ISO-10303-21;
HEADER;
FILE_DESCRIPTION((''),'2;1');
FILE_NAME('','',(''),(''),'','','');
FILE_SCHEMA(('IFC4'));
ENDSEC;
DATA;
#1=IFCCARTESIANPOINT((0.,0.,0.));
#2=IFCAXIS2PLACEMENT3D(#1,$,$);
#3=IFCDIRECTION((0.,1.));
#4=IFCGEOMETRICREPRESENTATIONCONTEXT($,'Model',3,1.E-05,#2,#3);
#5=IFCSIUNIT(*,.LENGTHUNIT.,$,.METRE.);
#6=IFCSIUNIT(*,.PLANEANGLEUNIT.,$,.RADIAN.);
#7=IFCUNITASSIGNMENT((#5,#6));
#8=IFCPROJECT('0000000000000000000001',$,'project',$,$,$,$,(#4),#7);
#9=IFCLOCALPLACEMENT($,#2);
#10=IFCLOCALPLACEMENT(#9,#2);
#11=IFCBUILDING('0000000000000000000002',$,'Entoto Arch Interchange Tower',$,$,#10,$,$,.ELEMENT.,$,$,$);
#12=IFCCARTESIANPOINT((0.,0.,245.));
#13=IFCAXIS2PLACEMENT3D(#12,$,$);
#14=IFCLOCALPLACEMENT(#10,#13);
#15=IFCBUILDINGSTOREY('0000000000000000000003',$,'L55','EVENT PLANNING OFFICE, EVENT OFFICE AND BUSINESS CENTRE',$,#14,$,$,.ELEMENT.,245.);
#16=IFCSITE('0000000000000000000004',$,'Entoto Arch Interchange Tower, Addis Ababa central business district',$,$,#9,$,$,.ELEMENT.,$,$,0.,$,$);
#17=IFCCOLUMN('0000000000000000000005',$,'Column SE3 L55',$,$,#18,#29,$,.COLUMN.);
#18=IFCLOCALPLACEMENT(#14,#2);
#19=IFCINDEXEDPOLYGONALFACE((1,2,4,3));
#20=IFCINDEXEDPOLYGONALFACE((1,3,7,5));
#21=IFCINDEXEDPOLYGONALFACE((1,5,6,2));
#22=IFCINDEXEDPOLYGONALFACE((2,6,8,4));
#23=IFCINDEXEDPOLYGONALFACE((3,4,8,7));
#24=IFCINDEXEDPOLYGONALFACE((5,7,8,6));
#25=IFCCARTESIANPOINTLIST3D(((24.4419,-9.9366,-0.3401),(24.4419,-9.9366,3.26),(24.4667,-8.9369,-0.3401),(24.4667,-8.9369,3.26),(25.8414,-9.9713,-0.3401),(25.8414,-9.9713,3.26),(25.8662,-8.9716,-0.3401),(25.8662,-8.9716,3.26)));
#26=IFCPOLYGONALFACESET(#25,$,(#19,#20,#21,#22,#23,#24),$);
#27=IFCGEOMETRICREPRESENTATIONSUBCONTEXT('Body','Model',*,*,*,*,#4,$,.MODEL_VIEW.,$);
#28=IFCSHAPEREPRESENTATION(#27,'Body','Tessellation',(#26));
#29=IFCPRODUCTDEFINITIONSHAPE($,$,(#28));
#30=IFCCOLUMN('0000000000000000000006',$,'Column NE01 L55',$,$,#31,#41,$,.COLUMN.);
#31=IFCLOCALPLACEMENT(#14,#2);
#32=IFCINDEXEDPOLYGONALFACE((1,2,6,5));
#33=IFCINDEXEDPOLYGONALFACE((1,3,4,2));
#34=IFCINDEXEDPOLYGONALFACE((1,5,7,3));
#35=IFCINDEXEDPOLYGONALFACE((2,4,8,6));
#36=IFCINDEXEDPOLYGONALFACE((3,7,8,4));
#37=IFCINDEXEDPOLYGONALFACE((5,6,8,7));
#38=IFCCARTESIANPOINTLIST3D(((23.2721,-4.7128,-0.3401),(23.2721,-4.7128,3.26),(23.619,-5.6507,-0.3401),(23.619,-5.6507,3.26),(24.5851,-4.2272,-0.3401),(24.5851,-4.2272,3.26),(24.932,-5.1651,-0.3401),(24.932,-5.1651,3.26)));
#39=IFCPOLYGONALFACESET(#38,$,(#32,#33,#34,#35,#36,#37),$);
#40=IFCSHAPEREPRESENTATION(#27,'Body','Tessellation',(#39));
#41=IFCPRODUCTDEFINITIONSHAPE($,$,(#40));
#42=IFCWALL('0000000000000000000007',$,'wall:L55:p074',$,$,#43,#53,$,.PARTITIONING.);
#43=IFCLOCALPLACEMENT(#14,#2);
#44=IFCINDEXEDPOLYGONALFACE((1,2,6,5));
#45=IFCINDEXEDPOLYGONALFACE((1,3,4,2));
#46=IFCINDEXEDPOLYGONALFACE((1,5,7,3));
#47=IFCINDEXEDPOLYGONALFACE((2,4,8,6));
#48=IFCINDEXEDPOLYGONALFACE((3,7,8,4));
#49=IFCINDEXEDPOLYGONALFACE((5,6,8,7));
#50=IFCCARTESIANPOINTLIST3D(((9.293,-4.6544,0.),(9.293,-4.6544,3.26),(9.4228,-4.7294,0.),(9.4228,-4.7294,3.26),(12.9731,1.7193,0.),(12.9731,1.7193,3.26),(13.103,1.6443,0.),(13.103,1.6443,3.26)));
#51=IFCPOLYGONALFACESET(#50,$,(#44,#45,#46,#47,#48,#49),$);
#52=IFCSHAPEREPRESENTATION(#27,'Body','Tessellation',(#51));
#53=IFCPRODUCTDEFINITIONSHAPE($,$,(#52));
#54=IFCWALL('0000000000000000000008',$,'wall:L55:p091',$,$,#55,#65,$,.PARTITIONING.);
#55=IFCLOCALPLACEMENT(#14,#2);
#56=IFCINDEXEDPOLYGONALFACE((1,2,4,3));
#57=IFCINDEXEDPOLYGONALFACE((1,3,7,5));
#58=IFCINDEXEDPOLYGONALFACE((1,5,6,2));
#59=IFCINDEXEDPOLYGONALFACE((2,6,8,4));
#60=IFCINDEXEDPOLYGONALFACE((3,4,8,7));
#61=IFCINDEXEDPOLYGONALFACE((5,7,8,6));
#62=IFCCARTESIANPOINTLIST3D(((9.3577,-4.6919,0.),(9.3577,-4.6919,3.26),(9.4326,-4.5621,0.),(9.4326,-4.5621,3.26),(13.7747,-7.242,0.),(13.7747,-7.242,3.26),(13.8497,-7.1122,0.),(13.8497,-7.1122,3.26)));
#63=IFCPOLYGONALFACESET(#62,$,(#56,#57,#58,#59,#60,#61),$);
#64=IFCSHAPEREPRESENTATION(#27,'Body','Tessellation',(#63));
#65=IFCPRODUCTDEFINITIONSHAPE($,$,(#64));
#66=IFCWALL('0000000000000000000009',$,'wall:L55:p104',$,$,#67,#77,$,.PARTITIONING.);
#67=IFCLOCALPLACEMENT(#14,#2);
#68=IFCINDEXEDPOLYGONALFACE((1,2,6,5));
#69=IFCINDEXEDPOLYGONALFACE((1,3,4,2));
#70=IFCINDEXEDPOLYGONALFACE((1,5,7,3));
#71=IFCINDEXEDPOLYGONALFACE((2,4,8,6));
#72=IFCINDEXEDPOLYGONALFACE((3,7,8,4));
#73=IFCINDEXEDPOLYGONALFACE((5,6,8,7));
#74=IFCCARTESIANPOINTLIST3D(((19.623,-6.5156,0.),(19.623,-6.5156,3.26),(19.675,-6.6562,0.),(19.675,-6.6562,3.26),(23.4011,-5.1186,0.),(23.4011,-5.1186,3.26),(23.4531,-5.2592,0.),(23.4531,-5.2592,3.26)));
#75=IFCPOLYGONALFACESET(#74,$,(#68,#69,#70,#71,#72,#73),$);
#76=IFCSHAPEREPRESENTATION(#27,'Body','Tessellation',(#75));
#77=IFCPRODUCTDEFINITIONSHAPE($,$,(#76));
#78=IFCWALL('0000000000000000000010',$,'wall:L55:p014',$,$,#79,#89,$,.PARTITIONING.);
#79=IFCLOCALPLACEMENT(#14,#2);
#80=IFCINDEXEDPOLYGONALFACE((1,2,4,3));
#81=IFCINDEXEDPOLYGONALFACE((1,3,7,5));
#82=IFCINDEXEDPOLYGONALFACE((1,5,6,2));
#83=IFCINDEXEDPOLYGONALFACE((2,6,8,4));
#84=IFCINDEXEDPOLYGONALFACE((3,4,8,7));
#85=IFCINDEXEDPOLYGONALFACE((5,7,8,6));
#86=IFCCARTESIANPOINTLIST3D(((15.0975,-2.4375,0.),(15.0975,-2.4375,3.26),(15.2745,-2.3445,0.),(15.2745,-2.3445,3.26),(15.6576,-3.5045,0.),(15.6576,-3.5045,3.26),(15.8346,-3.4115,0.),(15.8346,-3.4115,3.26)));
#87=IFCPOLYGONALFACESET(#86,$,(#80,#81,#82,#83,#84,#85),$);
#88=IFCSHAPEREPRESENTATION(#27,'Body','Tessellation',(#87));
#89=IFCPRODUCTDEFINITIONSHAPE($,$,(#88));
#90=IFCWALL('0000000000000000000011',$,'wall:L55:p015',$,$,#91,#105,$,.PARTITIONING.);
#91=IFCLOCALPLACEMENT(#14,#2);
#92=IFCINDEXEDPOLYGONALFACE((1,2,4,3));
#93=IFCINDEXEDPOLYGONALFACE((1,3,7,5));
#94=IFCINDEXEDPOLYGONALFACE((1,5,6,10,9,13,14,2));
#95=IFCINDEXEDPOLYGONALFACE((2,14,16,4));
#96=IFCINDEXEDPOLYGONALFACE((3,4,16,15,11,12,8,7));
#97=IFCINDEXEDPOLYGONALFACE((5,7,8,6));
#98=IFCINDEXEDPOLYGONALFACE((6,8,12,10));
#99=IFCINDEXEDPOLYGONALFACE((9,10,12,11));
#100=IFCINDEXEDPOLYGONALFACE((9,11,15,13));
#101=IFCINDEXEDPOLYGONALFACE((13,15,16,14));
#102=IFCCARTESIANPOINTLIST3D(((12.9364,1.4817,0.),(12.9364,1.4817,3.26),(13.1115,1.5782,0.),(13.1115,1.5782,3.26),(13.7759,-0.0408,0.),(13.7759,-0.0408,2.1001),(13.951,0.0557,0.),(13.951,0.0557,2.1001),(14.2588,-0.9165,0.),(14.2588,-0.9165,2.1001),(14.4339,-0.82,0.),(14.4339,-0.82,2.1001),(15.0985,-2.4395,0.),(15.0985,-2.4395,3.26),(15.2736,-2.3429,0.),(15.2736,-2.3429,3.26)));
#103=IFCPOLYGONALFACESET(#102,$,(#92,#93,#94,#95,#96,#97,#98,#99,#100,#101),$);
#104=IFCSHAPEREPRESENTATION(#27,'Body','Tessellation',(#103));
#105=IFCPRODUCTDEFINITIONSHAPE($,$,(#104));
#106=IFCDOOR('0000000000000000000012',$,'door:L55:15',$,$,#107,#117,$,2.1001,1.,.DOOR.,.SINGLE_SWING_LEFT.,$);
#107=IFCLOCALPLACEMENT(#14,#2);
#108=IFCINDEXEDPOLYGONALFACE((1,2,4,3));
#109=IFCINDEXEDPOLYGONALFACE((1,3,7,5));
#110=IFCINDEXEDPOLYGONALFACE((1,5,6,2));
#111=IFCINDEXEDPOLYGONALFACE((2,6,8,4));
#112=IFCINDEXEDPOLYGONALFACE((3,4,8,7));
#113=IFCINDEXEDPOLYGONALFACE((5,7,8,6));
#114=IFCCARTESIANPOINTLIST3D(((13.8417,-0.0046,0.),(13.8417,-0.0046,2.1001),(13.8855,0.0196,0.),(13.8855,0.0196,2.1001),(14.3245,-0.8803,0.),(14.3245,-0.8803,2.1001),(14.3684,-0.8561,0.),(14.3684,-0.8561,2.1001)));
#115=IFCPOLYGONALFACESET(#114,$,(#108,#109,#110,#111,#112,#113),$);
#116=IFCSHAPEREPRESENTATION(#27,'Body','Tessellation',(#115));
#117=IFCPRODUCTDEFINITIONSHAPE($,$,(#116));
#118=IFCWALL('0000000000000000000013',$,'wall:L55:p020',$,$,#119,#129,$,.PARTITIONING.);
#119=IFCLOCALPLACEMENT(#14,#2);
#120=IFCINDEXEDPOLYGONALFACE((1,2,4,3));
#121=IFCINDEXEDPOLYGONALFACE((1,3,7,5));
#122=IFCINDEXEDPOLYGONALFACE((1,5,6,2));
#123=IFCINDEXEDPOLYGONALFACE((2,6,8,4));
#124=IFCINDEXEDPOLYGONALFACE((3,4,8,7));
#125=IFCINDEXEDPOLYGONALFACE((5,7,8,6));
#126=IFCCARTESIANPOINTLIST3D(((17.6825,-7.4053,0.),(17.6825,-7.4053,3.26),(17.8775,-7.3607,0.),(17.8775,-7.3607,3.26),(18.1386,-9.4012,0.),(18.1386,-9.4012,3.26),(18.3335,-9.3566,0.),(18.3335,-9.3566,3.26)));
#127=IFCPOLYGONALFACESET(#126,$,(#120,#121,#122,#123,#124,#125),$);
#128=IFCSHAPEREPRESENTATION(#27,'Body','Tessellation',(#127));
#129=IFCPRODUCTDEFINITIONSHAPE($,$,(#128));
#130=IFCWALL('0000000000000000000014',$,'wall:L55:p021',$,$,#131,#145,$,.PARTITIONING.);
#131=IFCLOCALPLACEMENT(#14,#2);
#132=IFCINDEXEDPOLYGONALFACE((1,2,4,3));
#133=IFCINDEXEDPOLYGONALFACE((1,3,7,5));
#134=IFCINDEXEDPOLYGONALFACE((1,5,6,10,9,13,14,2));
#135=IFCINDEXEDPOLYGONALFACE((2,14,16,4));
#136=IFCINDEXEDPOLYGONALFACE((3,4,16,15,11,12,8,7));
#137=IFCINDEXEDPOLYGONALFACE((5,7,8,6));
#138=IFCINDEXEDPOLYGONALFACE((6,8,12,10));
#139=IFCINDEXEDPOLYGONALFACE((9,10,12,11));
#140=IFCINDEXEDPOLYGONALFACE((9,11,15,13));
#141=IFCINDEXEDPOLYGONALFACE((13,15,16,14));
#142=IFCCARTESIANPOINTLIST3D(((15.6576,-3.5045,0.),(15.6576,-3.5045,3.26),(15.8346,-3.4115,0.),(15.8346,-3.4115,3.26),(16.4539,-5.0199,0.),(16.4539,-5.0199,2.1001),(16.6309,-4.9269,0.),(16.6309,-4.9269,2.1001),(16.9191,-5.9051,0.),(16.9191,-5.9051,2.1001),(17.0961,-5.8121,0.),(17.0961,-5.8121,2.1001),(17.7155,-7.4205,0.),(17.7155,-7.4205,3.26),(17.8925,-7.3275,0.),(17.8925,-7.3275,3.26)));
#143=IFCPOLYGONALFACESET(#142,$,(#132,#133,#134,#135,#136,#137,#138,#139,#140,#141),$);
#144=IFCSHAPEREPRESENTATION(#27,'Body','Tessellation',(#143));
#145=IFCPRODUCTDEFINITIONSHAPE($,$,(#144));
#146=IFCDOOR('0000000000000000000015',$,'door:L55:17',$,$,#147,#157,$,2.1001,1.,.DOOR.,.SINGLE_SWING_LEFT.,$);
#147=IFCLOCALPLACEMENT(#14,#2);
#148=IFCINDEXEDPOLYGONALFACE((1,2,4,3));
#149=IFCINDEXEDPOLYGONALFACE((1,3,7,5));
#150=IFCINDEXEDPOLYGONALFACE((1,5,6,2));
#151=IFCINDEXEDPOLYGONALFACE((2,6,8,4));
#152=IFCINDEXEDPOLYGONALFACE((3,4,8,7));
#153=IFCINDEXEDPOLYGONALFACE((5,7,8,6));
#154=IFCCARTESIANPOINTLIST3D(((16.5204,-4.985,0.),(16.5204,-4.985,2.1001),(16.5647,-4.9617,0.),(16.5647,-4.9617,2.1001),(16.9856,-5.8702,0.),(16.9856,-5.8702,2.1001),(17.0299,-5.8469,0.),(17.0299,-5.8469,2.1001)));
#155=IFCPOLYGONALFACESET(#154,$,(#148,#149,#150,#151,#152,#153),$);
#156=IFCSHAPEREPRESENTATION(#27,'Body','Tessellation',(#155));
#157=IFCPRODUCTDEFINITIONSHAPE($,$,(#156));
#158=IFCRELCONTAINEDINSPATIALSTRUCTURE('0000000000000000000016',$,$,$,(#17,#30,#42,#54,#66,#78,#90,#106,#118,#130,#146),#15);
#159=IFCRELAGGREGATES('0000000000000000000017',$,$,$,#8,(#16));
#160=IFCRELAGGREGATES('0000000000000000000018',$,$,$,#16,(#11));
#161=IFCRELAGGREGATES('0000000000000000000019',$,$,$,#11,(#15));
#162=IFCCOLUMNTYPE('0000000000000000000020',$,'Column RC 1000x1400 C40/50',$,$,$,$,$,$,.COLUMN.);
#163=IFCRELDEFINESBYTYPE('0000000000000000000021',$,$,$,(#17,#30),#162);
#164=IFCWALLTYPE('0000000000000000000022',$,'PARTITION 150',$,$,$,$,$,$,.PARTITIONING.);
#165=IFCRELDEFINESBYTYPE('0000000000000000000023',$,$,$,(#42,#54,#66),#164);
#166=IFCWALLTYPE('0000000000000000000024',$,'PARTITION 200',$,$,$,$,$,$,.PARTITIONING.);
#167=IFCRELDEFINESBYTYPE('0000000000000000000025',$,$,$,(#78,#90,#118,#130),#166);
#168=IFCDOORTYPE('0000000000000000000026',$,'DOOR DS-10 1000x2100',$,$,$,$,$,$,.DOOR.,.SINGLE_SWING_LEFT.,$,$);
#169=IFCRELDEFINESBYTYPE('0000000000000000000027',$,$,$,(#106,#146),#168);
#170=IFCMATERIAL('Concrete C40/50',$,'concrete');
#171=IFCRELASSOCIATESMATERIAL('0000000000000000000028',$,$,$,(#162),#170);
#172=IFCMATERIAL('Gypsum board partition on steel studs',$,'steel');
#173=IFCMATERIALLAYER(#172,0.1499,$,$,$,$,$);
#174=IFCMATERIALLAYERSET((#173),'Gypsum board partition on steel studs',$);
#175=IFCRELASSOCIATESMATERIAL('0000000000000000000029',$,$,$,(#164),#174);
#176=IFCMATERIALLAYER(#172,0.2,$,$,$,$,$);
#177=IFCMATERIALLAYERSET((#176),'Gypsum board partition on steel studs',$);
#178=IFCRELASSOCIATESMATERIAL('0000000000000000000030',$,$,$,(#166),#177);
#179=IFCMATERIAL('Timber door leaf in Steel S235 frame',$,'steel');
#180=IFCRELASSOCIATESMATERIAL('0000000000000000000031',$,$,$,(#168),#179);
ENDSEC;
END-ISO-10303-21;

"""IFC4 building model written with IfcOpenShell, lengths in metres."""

from ifc_helpers import new_model, si_unit, direction, frame, frame_2d, origin, origin_2d, place, context, subcontext, project, spatial, rectangle, extrude, material, layer, layer_set, material_profile, profile_set, type_object, element, fill, save


model = new_model("IFC4")

# Units and contexts
model_context = context("Model", 3, precision=1e-05, world=origin(), true_north=direction((0.0, 1.0)))
body_context = subcontext(model_context, "Body", "Model", "MODEL_VIEW")
ifc_project = project(units=[si_unit("LENGTHUNIT", "METRE"), si_unit("PLANEANGLEUNIT", "RADIAN")], contexts=[model_context])

# Site, building, storey
site_placement = place(None, origin())
site = spatial("IfcSite", under=ifc_project, at=site_placement, Name="Entoto Arch Interchange Tower, Addis Ababa central business district", CompositionType="ELEMENT", RefElevation=0.0)
building_placement = place(site_placement, origin())
building = spatial("IfcBuilding", under=site, at=building_placement, Name="Entoto Arch Interchange Tower", CompositionType="ELEMENT")
storey_placement = place(building_placement, frame((0.0, 0.0, 245.0)))
storey = spatial("IfcBuildingStorey", under=building, at=storey_placement, Name="L55", Description="EVENT PLANNING OFFICE, EVENT OFFICE AND BUSINESS CENTRE", CompositionType="ELEMENT", Elevation=245.0)

# Columns
ifc_material_1 = material(Name="Concrete C40/50", Category="concrete")
ifc_material_profile = material_profile(ifc_material_1, rectangle(XDim=1.0, YDim=1.3999, at=origin_2d()))
ifc_profile_set = profile_set([ifc_material_profile], Name="Concrete C40/50")
column_type = type_object("IfcColumnType", Name="Column RC 1000x1400 C40/50", PredefinedType="COLUMN", material=ifc_profile_set)
for number, where, z_axis, x_axis, name in (
    (1, (25.1541, -9.4541, -0.3401), (0.0, 0.0, 1.0), (0.024833, 0.999692, 0.0), "Column SE3 L55"),
    (2, (24.1021, -4.939, -0.3401), (0.0, 0.0, 1.0), (-0.346854, 0.937919, 0.0), "Column NE01 L55"),
):
    element("IfcColumn", number, at=place(storey_placement, frame(where, z_axis=z_axis, x_axis=x_axis)), inside=storey, type_object=column_type, Name=name, PredefinedType="COLUMN", context=body_context, shape_type="SweptSolid", body=[
        extrude(rectangle(XDim=1.0, YDim=1.3999, at=origin_2d()), origin(), (0.0, 0.0, 1.0), 3.6001),
    ])

# Walls
ifc_material_2 = material(Name="Gypsum board partition on steel studs", Category="steel")
ifc_layer_1 = layer(ifc_material_2, 0.1499)
ifc_layer_set_1 = layer_set([ifc_layer_1], Name="Gypsum board partition on steel studs")
wall_type_1 = type_object("IfcWallType", Name="PARTITION 150", PredefinedType="PARTITIONING", material=ifc_layer_set_1)
wall_1_placement = place(storey_placement, frame((9.3579, -4.6919, 0.0), z_axis=(0.0, 0.0, 1.0), x_axis=(0.500028, 0.866009, 0.0)))
element("IfcWall", 3, at=wall_1_placement, inside=storey, type_object=wall_type_1, Name="wall:L55:p074", PredefinedType="PARTITIONING", context=body_context, shape_type="SweptSolid", body=[
    extrude(rectangle(XDim=7.3599, YDim=0.1499, at=frame_2d((3.6799, 0.0))), origin(), (0.0, 0.0, 1.0), 3.26),
])
wall_2_placement = place(storey_placement, frame((9.395, -4.627, 0.0), z_axis=(0.0, 0.0, 1.0), x_axis=(0.866034, -0.499985, 0.0)))
element("IfcWall", 4, at=wall_2_placement, inside=storey, type_object=wall_type_1, Name="wall:L55:p091", PredefinedType="PARTITIONING", context=body_context, shape_type="SweptSolid", body=[
    extrude(rectangle(XDim=5.1003, YDim=0.1499, at=frame_2d((2.5503, 0.0))), origin(), (0.0, 0.0, 1.0), 3.26),
])
wall_3_placement = place(storey_placement, frame((19.6489, -6.5859, 0.0), z_axis=(0.0, 0.0, 1.0), x_axis=(0.937936, 0.346809, 0.0)))
element("IfcWall", 5, at=wall_3_placement, inside=storey, type_object=wall_type_1, Name="wall:L55:p104", PredefinedType="PARTITIONING", context=body_context, shape_type="SweptSolid", body=[
    extrude(rectangle(XDim=4.0281, YDim=0.1499, at=frame_2d((2.0142, 0.0))), origin(), (0.0, 0.0, 1.0), 3.26),
])
ifc_layer_2 = layer(ifc_material_2, 0.2)
ifc_layer_set_2 = layer_set([ifc_layer_2], Name="Gypsum board partition on steel studs")
wall_type_2 = type_object("IfcWallType", Name="PARTITION 200", PredefinedType="PARTITIONING", material=ifc_layer_set_2)
wall_4_placement = place(storey_placement, frame((15.7461, -3.458, 0.0), z_axis=(0.0, 0.0, 1.0), x_axis=(-0.464794, 0.885419, 0.0)))
element("IfcWall", 6, at=wall_4_placement, inside=storey, type_object=wall_type_2, Name="wall:L55:p014", PredefinedType="PARTITIONING", context=body_context, shape_type="SweptSolid", body=[
    extrude(rectangle(XDim=1.2051, YDim=0.2, at=frame_2d((0.6025, 0.0))), origin(), (0.0, 0.0, 1.0), 3.26),
])

# Wall, opening, door
wall_5_placement = place(storey_placement, frame((15.186, -2.3911, 0.0), z_axis=(0.0, 0.0, 1.0), x_axis=(-0.482858, 0.875699, 0.0)))
wall_5 = element("IfcWall", 7, at=wall_5_placement, inside=storey, type_object=wall_type_2, Name="wall:L55:p015", PredefinedType="PARTITIONING", context=body_context, shape_type="SweptSolid", body=[
    extrude(rectangle(XDim=4.4778, YDim=0.2, at=frame_2d((2.2388, 0.0))), origin(), (0.0, 0.0, 1.0), 3.26),
])
opening_1_placement = place(wall_5_placement, frame((1.739, 0.0, 0.0)))
opening_1 = element("IfcOpeningElement", 8, at=opening_1_placement, cuts=wall_5, PredefinedType="OPENING", context=body_context, shape_type="SweptSolid", body=[
    extrude(rectangle(XDim=1.0, YDim=2.1001, at=frame_2d((0.5, 1.05))), frame((0.0, 0.1099, 0.0), z_axis=(0.0, -1.0, 0.0), x_axis=(1.0, 0.0, 0.0)), (0.0, 0.0, 1.0), 0.22),
])
ifc_material_3 = material(Name="Timber door leaf in Steel S235 frame", Category="steel")
door_type = type_object("IfcDoorType", Name="DOOR DS-10 1000x2100", OperationType="SINGLE_SWING_LEFT", PredefinedType="DOOR", material=ifc_material_3)
door_1_placement = place(opening_1_placement, origin())
door_1 = element("IfcDoor", 9, at=door_1_placement, inside=storey, type_object=door_type, Name="door:L55:15", OperationType="SINGLE_SWING_LEFT", OverallHeight=2.1001, OverallWidth=1.0, PredefinedType="DOOR", context=body_context, shape_type="SweptSolid", body=[
    extrude(rectangle(XDim=1.0, YDim=2.1001, at=frame_2d((0.5, 1.05))), frame((0.0, 0.0249, 0.0), z_axis=(0.0, -1.0, 0.0), x_axis=(1.0, 0.0, 0.0)), (0.0, 0.0, 1.0), 0.05),
])
fill(opening_1, door_1)

# Wall
wall_6_placement = place(storey_placement, frame((18.2361, -9.3789, 0.0), z_axis=(0.0, 0.0, 1.0), x_axis=(-0.22276, 0.974873, 0.0)))
element("IfcWall", 10, at=wall_6_placement, inside=storey, type_object=wall_type_2, Name="wall:L55:p020", PredefinedType="PARTITIONING", context=body_context, shape_type="SweptSolid", body=[
    extrude(rectangle(XDim=2.0474, YDim=0.2, at=frame_2d((1.0237, 0.0))), origin(), (0.0, 0.0, 1.0), 3.26),
])

# Wall, opening, door
wall_7_placement = place(storey_placement, frame((17.804, -7.374, 0.0), z_axis=(0.0, 0.0, 1.0), x_axis=(-0.46518, 0.885216, 0.0)))
wall_7 = element("IfcWall", 11, at=wall_7_placement, inside=storey, type_object=wall_type_2, Name="wall:L55:p021", PredefinedType="PARTITIONING", context=body_context, shape_type="SweptSolid", body=[
    extrude(rectangle(XDim=4.4238, YDim=0.2, at=frame_2d((2.2119, 0.0))), origin(), (0.0, 0.0, 1.0), 3.26),
])
opening_2_placement = place(wall_7_placement, frame((1.7119, 0.0, 0.0)))
opening_2 = element("IfcOpeningElement", 12, at=opening_2_placement, cuts=wall_7, PredefinedType="OPENING", context=body_context, shape_type="SweptSolid", body=[
    extrude(rectangle(XDim=1.0, YDim=2.1001, at=frame_2d((0.5, 1.05))), frame((0.0, 0.1099, 0.0), z_axis=(0.0, -1.0, 0.0), x_axis=(1.0, 0.0, 0.0)), (0.0, 0.0, 1.0), 0.22),
])
door_2_placement = place(opening_2_placement, origin())
door_2 = element("IfcDoor", 13, at=door_2_placement, inside=storey, type_object=door_type, Name="door:L55:17", OperationType="SINGLE_SWING_LEFT", OverallHeight=2.1001, OverallWidth=1.0, PredefinedType="DOOR", context=body_context, shape_type="SweptSolid", body=[
    extrude(rectangle(XDim=1.0, YDim=2.1001, at=frame_2d((0.5, 1.05))), frame((0.0, 0.0249, 0.0), z_axis=(0.0, -1.0, 0.0), x_axis=(1.0, 0.0, 0.0)), (0.0, 0.0, 1.0), 0.05),
])
fill(opening_2, door_2)

save(model, "model.ifc")
